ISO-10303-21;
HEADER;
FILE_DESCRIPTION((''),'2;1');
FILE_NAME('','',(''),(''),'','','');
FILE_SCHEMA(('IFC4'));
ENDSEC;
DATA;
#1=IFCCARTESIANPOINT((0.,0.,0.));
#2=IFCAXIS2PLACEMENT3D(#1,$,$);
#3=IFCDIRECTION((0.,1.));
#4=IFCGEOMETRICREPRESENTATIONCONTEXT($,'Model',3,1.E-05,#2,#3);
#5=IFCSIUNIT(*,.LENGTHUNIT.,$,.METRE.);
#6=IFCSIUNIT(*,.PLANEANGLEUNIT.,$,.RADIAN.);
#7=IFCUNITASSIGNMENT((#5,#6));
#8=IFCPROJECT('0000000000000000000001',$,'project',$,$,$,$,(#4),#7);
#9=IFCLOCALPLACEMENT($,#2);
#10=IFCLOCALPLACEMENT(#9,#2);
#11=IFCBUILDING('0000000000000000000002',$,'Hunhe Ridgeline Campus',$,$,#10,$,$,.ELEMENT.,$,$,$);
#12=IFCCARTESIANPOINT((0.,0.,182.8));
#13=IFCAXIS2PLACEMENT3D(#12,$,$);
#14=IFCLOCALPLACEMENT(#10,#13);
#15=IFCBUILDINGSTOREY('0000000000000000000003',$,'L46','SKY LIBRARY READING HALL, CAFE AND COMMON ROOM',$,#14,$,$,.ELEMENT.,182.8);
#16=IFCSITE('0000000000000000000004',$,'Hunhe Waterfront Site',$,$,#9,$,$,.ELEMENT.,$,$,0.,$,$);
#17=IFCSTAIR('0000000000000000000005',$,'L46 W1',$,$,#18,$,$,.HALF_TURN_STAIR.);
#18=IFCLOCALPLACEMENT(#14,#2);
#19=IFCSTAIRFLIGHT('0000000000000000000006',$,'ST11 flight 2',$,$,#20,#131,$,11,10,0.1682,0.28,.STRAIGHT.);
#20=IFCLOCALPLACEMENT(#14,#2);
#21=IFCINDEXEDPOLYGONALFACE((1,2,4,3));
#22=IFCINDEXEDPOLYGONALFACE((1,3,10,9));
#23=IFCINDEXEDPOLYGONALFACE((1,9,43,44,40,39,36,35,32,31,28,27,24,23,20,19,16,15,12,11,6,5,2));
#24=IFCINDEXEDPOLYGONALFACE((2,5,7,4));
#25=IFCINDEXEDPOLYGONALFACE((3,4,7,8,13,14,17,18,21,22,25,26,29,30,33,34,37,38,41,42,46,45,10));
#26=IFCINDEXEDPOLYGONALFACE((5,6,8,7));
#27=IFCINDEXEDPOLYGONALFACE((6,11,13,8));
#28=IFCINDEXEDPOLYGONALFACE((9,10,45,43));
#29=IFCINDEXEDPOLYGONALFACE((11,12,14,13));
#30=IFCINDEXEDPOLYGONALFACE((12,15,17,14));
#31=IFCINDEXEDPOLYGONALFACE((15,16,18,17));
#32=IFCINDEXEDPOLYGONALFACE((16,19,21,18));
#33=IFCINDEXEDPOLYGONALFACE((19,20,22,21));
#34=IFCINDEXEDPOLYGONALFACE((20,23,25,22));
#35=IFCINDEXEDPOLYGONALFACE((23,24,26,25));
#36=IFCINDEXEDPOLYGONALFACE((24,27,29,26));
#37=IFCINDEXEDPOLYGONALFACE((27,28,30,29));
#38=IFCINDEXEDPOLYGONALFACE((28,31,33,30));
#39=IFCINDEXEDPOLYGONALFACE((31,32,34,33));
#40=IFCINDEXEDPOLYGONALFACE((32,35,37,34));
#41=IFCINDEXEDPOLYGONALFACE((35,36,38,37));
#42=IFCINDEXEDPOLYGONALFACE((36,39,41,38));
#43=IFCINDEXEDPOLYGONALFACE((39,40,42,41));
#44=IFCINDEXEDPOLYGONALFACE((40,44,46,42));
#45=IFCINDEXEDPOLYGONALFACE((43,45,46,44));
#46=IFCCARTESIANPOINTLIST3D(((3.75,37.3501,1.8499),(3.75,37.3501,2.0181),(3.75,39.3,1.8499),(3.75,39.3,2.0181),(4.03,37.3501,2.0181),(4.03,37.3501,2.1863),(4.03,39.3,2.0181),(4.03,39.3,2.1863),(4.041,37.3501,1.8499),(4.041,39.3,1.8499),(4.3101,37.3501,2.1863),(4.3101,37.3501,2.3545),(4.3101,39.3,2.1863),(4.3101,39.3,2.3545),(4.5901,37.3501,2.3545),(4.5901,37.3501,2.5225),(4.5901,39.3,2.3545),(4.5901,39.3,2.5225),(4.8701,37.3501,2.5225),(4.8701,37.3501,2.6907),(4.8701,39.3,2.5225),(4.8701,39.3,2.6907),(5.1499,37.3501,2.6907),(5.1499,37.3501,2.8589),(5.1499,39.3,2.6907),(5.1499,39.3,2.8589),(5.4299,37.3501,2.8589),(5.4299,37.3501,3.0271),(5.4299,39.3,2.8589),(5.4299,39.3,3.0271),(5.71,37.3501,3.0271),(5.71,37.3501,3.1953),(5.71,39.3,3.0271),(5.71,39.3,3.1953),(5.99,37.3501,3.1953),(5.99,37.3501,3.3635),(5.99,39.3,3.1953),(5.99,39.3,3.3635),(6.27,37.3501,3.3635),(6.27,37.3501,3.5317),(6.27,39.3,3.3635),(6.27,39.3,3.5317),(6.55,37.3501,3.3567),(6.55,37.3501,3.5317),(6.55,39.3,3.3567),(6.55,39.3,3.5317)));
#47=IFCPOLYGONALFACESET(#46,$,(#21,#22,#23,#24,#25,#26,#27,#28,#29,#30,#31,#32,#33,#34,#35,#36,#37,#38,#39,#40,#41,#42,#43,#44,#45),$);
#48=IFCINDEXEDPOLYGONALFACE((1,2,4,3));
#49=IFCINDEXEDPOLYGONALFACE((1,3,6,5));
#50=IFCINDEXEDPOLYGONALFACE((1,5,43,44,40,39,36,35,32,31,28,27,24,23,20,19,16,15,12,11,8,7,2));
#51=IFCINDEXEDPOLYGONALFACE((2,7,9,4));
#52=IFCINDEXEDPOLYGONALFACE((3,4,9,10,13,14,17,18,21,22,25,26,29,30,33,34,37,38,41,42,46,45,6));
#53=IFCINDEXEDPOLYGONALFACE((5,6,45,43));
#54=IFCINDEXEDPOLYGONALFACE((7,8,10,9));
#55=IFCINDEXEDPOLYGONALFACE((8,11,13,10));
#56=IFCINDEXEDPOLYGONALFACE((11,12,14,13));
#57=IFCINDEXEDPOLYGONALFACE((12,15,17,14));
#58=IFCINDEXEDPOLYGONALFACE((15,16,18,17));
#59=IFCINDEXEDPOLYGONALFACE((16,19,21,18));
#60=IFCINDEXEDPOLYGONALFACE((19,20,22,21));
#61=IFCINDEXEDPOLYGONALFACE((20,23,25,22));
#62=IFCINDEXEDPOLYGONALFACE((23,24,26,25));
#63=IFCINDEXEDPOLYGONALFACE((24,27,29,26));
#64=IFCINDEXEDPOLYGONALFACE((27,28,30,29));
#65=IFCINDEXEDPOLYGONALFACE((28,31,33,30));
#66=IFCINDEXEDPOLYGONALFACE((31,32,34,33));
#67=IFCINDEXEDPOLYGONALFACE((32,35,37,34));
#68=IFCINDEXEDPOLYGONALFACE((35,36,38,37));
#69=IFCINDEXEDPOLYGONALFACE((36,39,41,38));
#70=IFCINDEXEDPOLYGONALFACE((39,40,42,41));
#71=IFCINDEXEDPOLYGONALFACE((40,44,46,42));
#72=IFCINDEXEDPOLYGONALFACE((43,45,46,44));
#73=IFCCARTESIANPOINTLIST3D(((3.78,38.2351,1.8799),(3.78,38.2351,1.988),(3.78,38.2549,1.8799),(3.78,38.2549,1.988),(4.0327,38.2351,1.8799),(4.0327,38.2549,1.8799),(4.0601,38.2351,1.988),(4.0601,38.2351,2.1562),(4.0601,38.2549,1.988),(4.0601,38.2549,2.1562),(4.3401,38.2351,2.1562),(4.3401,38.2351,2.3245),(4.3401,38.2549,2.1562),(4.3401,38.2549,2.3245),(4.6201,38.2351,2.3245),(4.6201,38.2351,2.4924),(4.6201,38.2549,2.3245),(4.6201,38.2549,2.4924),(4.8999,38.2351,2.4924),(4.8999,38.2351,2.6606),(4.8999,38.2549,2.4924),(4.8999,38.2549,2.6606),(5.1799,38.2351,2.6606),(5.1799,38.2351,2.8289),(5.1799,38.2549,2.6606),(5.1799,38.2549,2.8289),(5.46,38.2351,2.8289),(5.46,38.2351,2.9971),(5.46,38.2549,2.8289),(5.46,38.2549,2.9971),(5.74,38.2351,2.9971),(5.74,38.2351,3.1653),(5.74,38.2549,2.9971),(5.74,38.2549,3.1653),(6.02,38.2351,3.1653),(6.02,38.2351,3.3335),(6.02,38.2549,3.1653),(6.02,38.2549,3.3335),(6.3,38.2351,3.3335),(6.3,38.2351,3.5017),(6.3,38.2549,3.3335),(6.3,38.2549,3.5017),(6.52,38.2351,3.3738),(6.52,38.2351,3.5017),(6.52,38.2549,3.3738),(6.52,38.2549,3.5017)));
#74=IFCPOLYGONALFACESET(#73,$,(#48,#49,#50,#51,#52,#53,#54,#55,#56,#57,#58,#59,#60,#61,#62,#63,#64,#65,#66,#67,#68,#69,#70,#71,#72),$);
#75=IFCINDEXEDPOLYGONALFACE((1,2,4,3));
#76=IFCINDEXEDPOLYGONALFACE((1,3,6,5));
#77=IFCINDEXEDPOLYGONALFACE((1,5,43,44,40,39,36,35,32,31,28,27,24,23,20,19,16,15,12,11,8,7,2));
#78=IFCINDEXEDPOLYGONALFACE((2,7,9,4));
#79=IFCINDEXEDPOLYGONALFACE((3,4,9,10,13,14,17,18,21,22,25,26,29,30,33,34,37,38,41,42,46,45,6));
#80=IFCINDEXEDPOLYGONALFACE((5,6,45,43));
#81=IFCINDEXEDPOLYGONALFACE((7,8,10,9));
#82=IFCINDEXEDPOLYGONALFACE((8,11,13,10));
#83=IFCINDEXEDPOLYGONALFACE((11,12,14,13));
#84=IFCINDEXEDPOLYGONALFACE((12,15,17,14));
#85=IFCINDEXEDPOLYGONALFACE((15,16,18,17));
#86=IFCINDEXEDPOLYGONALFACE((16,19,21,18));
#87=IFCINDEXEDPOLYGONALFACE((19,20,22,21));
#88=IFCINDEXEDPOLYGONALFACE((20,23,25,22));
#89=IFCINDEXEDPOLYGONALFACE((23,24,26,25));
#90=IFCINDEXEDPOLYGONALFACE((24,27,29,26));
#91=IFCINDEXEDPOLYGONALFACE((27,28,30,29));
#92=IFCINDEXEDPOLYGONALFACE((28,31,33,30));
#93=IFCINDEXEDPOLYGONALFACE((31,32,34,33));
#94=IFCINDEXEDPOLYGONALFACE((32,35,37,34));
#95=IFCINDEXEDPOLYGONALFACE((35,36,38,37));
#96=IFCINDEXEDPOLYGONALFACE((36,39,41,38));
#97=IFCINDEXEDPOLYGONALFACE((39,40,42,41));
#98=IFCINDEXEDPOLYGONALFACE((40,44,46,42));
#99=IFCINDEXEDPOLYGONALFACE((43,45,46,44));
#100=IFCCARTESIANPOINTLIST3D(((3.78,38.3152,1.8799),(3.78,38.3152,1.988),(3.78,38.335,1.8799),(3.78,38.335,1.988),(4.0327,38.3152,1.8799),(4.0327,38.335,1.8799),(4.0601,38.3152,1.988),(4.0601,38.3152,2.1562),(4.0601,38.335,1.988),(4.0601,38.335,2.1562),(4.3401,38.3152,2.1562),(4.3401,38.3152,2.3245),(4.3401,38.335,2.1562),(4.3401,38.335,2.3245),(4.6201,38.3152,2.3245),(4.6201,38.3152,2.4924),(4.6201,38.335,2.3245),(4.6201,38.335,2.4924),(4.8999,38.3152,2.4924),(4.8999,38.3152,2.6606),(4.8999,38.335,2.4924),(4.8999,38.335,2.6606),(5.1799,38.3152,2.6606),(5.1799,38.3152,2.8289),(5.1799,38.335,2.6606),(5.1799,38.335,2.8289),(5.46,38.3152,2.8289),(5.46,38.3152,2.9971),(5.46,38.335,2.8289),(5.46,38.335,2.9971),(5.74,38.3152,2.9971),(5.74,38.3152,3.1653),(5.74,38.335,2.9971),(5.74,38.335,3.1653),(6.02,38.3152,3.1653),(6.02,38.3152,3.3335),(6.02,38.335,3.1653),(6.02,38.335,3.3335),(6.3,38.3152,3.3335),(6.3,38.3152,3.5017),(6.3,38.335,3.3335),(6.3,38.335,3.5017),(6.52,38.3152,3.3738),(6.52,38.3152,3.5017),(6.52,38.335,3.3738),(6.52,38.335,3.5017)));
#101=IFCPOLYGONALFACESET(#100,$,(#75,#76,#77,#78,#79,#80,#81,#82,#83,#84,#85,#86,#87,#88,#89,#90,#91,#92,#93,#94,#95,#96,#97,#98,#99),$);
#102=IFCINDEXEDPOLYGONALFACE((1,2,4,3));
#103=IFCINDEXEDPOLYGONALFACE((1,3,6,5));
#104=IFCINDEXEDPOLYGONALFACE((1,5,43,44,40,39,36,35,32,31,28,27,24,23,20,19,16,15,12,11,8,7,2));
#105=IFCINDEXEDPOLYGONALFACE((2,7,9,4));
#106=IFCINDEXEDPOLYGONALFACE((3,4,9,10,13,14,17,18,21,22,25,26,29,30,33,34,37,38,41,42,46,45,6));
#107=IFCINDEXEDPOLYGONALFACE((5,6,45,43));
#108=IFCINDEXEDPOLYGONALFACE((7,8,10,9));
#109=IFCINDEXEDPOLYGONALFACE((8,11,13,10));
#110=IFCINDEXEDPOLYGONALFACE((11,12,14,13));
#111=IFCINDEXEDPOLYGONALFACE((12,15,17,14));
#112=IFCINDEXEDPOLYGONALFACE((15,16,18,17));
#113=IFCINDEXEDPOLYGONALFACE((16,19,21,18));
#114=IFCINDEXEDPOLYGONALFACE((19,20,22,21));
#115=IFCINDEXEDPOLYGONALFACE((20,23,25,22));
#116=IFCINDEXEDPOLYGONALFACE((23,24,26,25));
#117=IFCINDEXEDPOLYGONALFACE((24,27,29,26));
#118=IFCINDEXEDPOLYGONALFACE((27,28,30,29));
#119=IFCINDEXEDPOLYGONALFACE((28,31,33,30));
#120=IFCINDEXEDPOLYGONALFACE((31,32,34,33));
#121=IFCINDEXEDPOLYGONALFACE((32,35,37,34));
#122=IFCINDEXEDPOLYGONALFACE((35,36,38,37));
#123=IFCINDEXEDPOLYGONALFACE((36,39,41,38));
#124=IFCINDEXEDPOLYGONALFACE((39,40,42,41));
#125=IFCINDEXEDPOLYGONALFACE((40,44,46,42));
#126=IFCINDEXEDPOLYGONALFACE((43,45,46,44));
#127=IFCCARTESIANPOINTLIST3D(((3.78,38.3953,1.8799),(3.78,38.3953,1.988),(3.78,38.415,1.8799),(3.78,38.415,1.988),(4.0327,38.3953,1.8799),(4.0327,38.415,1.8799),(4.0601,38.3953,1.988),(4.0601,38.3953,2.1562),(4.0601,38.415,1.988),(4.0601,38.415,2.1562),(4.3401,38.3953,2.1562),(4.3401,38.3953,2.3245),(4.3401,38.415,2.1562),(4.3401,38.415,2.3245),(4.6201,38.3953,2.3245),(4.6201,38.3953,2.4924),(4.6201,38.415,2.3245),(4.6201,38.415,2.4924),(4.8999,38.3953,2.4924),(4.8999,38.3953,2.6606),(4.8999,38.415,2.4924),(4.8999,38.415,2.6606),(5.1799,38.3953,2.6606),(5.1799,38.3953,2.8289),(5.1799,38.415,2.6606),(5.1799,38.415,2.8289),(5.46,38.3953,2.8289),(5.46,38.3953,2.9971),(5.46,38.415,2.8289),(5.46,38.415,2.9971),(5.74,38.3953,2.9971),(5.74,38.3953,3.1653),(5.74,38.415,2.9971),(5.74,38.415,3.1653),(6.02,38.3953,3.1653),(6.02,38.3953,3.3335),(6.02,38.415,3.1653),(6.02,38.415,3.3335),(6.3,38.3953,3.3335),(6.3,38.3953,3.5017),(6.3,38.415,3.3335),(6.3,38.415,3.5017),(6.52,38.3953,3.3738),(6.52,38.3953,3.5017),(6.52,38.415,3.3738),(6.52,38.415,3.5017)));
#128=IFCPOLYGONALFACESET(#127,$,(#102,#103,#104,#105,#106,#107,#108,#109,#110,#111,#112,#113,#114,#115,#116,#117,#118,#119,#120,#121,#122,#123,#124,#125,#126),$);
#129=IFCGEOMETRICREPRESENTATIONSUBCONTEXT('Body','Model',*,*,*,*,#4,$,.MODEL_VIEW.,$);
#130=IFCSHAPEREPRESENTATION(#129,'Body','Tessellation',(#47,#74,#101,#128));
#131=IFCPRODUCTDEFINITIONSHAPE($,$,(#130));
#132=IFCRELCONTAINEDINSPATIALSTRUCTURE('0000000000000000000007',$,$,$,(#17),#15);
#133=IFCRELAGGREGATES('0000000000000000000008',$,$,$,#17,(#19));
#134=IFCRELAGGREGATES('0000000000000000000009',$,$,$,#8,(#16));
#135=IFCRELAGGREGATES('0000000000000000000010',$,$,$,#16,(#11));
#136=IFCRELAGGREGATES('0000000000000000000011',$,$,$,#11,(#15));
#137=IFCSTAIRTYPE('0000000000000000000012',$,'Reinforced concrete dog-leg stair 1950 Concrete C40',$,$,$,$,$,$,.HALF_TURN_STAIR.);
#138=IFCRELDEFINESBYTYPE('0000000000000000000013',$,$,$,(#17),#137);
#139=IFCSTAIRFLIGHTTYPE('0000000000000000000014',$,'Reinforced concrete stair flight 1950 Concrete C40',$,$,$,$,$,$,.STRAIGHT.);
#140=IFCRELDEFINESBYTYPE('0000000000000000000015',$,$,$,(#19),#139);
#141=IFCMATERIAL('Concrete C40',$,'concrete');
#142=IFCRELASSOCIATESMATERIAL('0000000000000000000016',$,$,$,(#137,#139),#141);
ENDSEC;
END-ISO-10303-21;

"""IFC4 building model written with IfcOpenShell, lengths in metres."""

from ifc_helpers import new_model, si_unit, direction, frame, origin, place, context, subcontext, project, spatial, polyline, outline, extrude, material, type_object, element, aggregate, save


model = new_model("IFC4")

# Units and contexts
model_context = context("Model", 3, precision=1e-05, world=origin(), true_north=direction((0.0, 1.0)))
body_context = subcontext(model_context, "Body", "Model", "MODEL_VIEW")
ifc_project = project(units=[si_unit("LENGTHUNIT", "METRE"), si_unit("PLANEANGLEUNIT", "RADIAN")], contexts=[model_context])

# Site, building, storey
site_placement = place(None, origin())
site = spatial("IfcSite", under=ifc_project, at=site_placement, Name="Hunhe Waterfront Site", CompositionType="ELEMENT", RefElevation=0.0)
building_placement = place(site_placement, origin())
building = spatial("IfcBuilding", under=site, at=building_placement, Name="Hunhe Ridgeline Campus", CompositionType="ELEMENT")
storey_placement = place(building_placement, frame((0.0, 0.0, 182.8)))
storey = spatial("IfcBuildingStorey", under=building, at=storey_placement, Name="L46", Description="SKY LIBRARY READING HALL, CAFE AND COMMON ROOM", CompositionType="ELEMENT", Elevation=182.8)

# Stair, stair flight
ifc_material_1 = material(Name="Concrete C40", Category="concrete")
stair_type = type_object("IfcStairType", Name="Reinforced concrete dog-leg stair 1950 Concrete C40", PredefinedType="HALF_TURN_STAIR", material=ifc_material_1)
stair_placement = place(storey_placement, origin())
stair = element("IfcStair", 1, at=stair_placement, inside=storey, type_object=stair_type, Name="L46 W1", PredefinedType="HALF_TURN_STAIR")
stair_flight_type = type_object("IfcStairFlightType", Name="Reinforced concrete stair flight 1950 Concrete C40", PredefinedType="STRAIGHT", material=ifc_material_1)
stair_flight_1_placement = place(storey_placement, frame((3.75, 38.325, 1.8499), z_axis=(0.0, 0.0, 1.0), x_axis=(1.0, 0.0, 0.0)))
stair_flight_1 = element("IfcStairFlight", 2, at=stair_flight_1_placement, type_object=stair_flight_type, Name="ST11 flight 2", NumberOfRisers=11, NumberOfTreads=10, PredefinedType="STRAIGHT", RiserHeight=0.1682, TreadLength=0.28, context=body_context, shape_type="SweptSolid", body=[
    extrude(outline(polyline([(0.0, 0.0), (0.0, 0.1682), (0.28, 0.1682), (0.28, 0.3364), (0.5601, 0.3364), (0.5601, 0.5046), (0.8401, 0.5046), (0.8401, 0.6726), (1.1201, 0.6726), (1.1201, 0.8408), (1.3999, 0.8408), (1.3999, 1.009), (1.6799, 1.009), (1.6799, 1.1772), (1.96, 1.1772), (1.96, 1.3455), (2.24, 1.3455), (2.24, 1.5137), (2.52, 1.5137), (2.52, 1.6819), (2.8, 1.6819), (2.8, 1.8501), (2.8, 1.5068), (0.291, 0.0), (0.0, 0.0)])), frame((0.0, 0.9751, 0.0), z_axis=(0.0, -1.0, 0.0), x_axis=(1.0, 0.0, 0.0)), (0.0, 0.0, 1.0), 1.95),
    extrude(outline(polyline([(0.03, 0.03), (0.03, 0.1382), (0.3101, 0.1382), (0.3101, 0.3064), (0.5901, 0.3064), (0.5901, 0.4746), (0.8701, 0.4746), (0.8701, 0.6426), (1.1499, 0.6426), (1.1499, 0.8108), (1.4299, 0.8108), (1.4299, 0.979), (1.71, 0.979), (1.71, 1.1472), (1.99, 1.1472), (1.99, 1.3154), (2.27, 1.3154), (2.27, 1.4836), (2.55, 1.4836), (2.55, 1.6519), (2.77, 1.6519), (2.77, 1.5239), (0.2827, 0.03), (0.03, 0.03)])), frame((0.0, -0.0701, 0.0), z_axis=(0.0, -1.0, 0.0), x_axis=(1.0, 0.0, 0.0)), (0.0, 0.0, 1.0), 0.0198),
    extrude(outline(polyline([(0.03, 0.03), (0.03, 0.1382), (0.3101, 0.1382), (0.3101, 0.3064), (0.5901, 0.3064), (0.5901, 0.4746), (0.8701, 0.4746), (0.8701, 0.6426), (1.1499, 0.6426), (1.1499, 0.8108), (1.4299, 0.8108), (1.4299, 0.979), (1.71, 0.979), (1.71, 1.1472), (1.99, 1.1472), (1.99, 1.3154), (2.27, 1.3154), (2.27, 1.4836), (2.55, 1.4836), (2.55, 1.6519), (2.77, 1.6519), (2.77, 1.5239), (0.2827, 0.03), (0.03, 0.03)])), frame((0.0, 0.01, 0.0), z_axis=(0.0, -1.0, 0.0), x_axis=(1.0, 0.0, 0.0)), (0.0, 0.0, 1.0), 0.0198),
    extrude(outline(polyline([(0.03, 0.03), (0.03, 0.1382), (0.3101, 0.1382), (0.3101, 0.3064), (0.5901, 0.3064), (0.5901, 0.4746), (0.8701, 0.4746), (0.8701, 0.6426), (1.1499, 0.6426), (1.1499, 0.8108), (1.4299, 0.8108), (1.4299, 0.979), (1.71, 0.979), (1.71, 1.1472), (1.99, 1.1472), (1.99, 1.3154), (2.27, 1.3154), (2.27, 1.4836), (2.55, 1.4836), (2.55, 1.6519), (2.77, 1.6519), (2.77, 1.5239), (0.2827, 0.03), (0.03, 0.03)])), frame((0.0, 0.0901, 0.0), z_axis=(0.0, -1.0, 0.0), x_axis=(1.0, 0.0, 0.0)), (0.0, 0.0, 1.0), 0.0198),
])
aggregate(stair, [stair_flight_1])

save(model, "model.ifc")
